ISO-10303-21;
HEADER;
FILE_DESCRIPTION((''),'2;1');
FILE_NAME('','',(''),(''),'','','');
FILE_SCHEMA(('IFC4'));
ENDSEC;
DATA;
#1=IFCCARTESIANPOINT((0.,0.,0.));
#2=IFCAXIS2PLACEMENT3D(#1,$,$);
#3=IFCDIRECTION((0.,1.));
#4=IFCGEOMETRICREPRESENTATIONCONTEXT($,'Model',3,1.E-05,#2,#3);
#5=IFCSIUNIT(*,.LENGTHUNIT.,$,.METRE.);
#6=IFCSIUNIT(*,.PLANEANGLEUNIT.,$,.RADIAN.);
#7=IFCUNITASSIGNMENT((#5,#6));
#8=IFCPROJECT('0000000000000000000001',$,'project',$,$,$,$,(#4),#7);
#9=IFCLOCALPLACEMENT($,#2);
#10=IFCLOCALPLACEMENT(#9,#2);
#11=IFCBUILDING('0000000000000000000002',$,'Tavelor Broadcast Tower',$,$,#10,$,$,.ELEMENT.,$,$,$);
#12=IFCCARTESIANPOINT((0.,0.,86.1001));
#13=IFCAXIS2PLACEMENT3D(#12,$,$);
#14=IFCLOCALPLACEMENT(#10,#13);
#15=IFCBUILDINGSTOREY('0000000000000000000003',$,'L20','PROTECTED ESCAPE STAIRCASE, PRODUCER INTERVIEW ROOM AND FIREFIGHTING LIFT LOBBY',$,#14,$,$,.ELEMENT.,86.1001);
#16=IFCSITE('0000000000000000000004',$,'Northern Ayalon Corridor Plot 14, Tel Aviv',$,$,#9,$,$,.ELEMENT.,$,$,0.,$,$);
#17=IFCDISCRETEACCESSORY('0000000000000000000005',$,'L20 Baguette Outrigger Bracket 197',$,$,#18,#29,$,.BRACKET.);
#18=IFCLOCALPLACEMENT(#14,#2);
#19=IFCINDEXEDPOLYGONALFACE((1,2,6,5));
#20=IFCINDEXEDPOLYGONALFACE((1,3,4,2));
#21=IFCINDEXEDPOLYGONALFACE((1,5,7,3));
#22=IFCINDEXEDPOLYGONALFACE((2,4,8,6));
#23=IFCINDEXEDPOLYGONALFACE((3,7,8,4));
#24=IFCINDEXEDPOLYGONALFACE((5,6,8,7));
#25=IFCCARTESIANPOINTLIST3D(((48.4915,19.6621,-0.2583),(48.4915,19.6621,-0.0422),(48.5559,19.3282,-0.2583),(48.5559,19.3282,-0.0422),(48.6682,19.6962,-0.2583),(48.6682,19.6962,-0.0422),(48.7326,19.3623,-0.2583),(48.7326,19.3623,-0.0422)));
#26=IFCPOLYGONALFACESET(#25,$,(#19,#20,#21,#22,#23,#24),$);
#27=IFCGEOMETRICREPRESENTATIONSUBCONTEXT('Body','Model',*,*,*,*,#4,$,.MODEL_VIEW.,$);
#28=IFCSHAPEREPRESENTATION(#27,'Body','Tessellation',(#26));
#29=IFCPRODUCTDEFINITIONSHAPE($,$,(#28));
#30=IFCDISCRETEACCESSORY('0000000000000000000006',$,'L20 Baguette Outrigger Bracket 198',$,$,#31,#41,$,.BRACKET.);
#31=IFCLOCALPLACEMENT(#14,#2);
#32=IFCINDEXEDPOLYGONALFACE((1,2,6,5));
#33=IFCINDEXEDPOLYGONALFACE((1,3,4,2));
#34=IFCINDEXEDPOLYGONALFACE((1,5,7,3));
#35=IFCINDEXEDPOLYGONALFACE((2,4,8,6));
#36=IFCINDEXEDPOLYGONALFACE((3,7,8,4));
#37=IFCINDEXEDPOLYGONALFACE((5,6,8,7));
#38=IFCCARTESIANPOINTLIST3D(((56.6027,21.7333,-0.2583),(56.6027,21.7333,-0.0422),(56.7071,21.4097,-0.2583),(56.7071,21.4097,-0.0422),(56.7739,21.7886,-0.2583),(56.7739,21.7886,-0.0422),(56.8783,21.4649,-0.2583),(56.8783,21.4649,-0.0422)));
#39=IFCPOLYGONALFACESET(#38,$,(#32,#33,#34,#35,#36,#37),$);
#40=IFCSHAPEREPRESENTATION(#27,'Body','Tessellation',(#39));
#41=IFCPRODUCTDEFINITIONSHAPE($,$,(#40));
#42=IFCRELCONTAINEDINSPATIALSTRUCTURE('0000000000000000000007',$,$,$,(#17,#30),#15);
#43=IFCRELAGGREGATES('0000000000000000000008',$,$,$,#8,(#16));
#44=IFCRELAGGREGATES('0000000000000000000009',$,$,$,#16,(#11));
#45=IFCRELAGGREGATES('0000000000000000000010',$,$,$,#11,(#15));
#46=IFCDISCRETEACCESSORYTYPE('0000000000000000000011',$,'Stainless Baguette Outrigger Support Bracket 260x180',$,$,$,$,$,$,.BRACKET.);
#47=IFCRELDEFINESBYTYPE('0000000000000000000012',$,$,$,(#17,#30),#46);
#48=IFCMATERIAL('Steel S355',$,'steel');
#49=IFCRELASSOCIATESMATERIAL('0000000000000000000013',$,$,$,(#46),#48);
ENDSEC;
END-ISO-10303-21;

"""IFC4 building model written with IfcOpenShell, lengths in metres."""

from ifc_helpers import new_model, si_unit, direction, frame, origin, origin_2d, place, context, subcontext, project, spatial, rectangle, extrude, source, transform, mapped, material, type_object, type_shapes, element, save


model = new_model("IFC4")

# Units and contexts
model_context = context("Model", 3, precision=1e-05, world=origin(), true_north=direction((0.0, 1.0)))
body_context = subcontext(model_context, "Body", "Model", "MODEL_VIEW")
ifc_project = project(units=[si_unit("LENGTHUNIT", "METRE"), si_unit("PLANEANGLEUNIT", "RADIAN")], contexts=[model_context])

# Site, building, storey
site_placement = place(None, origin())
site = spatial("IfcSite", under=ifc_project, at=site_placement, Name="Northern Ayalon Corridor Plot 14, Tel Aviv", CompositionType="ELEMENT", RefElevation=0.0)
building_placement = place(site_placement, origin())
building = spatial("IfcBuilding", under=site, at=building_placement, Name="Tavelor Broadcast Tower", CompositionType="ELEMENT")
storey_placement = place(building_placement, frame((0.0, 0.0, 86.1001)))
storey = spatial("IfcBuildingStorey", under=building, at=storey_placement, Name="L20", Description="PROTECTED ESCAPE STAIRCASE, PRODUCER INTERVIEW ROOM AND FIREFIGHTING LIFT LOBBY", CompositionType="ELEMENT", Elevation=86.1001)

# Shared definitions
ifc_material_1 = material(Name="Steel S355", Category="steel")

# Discrete accessories
discrete_accessory_type = type_object("IfcDiscreteAccessoryType", Name="Stainless Baguette Outrigger Support Bracket 260x180", PredefinedType="BRACKET", material=ifc_material_1)
shared_shape_1 = source(origin(), body_context, "Body", "SweptSolid", [
    extrude(rectangle(XDim=0.1799, YDim=0.3401, at=origin_2d()), origin(), (0.0, 0.0, 1.0), 0.2161),
])
type_shapes(discrete_accessory_type, [shared_shape_1])
for number, where, z_axis, x_axis, name in (
    (1, (48.6121, 19.5122, -0.2583), (0.0, 0.0, 1.0), (0.981893, 0.189438, 0.0), "L20 Baguette Outrigger Bracket 197"),
    (2, (56.7405, 21.5991, -0.2583), (0.0, 0.0, 1.0), (0.951702, 0.307024, 0.0), "L20 Baguette Outrigger Bracket 198"),
):
    element("IfcDiscreteAccessory", number, at=place(storey_placement, frame(where, z_axis=z_axis, x_axis=x_axis)), inside=storey, type_object=discrete_accessory_type, Name=name, PredefinedType="BRACKET", context=body_context, shape_type="MappedRepresentation", body=[
        mapped(shared_shape_1, transform((0.0, 0.0, 0.0), scale=1.0)),
    ])

save(model, "model.ifc")
